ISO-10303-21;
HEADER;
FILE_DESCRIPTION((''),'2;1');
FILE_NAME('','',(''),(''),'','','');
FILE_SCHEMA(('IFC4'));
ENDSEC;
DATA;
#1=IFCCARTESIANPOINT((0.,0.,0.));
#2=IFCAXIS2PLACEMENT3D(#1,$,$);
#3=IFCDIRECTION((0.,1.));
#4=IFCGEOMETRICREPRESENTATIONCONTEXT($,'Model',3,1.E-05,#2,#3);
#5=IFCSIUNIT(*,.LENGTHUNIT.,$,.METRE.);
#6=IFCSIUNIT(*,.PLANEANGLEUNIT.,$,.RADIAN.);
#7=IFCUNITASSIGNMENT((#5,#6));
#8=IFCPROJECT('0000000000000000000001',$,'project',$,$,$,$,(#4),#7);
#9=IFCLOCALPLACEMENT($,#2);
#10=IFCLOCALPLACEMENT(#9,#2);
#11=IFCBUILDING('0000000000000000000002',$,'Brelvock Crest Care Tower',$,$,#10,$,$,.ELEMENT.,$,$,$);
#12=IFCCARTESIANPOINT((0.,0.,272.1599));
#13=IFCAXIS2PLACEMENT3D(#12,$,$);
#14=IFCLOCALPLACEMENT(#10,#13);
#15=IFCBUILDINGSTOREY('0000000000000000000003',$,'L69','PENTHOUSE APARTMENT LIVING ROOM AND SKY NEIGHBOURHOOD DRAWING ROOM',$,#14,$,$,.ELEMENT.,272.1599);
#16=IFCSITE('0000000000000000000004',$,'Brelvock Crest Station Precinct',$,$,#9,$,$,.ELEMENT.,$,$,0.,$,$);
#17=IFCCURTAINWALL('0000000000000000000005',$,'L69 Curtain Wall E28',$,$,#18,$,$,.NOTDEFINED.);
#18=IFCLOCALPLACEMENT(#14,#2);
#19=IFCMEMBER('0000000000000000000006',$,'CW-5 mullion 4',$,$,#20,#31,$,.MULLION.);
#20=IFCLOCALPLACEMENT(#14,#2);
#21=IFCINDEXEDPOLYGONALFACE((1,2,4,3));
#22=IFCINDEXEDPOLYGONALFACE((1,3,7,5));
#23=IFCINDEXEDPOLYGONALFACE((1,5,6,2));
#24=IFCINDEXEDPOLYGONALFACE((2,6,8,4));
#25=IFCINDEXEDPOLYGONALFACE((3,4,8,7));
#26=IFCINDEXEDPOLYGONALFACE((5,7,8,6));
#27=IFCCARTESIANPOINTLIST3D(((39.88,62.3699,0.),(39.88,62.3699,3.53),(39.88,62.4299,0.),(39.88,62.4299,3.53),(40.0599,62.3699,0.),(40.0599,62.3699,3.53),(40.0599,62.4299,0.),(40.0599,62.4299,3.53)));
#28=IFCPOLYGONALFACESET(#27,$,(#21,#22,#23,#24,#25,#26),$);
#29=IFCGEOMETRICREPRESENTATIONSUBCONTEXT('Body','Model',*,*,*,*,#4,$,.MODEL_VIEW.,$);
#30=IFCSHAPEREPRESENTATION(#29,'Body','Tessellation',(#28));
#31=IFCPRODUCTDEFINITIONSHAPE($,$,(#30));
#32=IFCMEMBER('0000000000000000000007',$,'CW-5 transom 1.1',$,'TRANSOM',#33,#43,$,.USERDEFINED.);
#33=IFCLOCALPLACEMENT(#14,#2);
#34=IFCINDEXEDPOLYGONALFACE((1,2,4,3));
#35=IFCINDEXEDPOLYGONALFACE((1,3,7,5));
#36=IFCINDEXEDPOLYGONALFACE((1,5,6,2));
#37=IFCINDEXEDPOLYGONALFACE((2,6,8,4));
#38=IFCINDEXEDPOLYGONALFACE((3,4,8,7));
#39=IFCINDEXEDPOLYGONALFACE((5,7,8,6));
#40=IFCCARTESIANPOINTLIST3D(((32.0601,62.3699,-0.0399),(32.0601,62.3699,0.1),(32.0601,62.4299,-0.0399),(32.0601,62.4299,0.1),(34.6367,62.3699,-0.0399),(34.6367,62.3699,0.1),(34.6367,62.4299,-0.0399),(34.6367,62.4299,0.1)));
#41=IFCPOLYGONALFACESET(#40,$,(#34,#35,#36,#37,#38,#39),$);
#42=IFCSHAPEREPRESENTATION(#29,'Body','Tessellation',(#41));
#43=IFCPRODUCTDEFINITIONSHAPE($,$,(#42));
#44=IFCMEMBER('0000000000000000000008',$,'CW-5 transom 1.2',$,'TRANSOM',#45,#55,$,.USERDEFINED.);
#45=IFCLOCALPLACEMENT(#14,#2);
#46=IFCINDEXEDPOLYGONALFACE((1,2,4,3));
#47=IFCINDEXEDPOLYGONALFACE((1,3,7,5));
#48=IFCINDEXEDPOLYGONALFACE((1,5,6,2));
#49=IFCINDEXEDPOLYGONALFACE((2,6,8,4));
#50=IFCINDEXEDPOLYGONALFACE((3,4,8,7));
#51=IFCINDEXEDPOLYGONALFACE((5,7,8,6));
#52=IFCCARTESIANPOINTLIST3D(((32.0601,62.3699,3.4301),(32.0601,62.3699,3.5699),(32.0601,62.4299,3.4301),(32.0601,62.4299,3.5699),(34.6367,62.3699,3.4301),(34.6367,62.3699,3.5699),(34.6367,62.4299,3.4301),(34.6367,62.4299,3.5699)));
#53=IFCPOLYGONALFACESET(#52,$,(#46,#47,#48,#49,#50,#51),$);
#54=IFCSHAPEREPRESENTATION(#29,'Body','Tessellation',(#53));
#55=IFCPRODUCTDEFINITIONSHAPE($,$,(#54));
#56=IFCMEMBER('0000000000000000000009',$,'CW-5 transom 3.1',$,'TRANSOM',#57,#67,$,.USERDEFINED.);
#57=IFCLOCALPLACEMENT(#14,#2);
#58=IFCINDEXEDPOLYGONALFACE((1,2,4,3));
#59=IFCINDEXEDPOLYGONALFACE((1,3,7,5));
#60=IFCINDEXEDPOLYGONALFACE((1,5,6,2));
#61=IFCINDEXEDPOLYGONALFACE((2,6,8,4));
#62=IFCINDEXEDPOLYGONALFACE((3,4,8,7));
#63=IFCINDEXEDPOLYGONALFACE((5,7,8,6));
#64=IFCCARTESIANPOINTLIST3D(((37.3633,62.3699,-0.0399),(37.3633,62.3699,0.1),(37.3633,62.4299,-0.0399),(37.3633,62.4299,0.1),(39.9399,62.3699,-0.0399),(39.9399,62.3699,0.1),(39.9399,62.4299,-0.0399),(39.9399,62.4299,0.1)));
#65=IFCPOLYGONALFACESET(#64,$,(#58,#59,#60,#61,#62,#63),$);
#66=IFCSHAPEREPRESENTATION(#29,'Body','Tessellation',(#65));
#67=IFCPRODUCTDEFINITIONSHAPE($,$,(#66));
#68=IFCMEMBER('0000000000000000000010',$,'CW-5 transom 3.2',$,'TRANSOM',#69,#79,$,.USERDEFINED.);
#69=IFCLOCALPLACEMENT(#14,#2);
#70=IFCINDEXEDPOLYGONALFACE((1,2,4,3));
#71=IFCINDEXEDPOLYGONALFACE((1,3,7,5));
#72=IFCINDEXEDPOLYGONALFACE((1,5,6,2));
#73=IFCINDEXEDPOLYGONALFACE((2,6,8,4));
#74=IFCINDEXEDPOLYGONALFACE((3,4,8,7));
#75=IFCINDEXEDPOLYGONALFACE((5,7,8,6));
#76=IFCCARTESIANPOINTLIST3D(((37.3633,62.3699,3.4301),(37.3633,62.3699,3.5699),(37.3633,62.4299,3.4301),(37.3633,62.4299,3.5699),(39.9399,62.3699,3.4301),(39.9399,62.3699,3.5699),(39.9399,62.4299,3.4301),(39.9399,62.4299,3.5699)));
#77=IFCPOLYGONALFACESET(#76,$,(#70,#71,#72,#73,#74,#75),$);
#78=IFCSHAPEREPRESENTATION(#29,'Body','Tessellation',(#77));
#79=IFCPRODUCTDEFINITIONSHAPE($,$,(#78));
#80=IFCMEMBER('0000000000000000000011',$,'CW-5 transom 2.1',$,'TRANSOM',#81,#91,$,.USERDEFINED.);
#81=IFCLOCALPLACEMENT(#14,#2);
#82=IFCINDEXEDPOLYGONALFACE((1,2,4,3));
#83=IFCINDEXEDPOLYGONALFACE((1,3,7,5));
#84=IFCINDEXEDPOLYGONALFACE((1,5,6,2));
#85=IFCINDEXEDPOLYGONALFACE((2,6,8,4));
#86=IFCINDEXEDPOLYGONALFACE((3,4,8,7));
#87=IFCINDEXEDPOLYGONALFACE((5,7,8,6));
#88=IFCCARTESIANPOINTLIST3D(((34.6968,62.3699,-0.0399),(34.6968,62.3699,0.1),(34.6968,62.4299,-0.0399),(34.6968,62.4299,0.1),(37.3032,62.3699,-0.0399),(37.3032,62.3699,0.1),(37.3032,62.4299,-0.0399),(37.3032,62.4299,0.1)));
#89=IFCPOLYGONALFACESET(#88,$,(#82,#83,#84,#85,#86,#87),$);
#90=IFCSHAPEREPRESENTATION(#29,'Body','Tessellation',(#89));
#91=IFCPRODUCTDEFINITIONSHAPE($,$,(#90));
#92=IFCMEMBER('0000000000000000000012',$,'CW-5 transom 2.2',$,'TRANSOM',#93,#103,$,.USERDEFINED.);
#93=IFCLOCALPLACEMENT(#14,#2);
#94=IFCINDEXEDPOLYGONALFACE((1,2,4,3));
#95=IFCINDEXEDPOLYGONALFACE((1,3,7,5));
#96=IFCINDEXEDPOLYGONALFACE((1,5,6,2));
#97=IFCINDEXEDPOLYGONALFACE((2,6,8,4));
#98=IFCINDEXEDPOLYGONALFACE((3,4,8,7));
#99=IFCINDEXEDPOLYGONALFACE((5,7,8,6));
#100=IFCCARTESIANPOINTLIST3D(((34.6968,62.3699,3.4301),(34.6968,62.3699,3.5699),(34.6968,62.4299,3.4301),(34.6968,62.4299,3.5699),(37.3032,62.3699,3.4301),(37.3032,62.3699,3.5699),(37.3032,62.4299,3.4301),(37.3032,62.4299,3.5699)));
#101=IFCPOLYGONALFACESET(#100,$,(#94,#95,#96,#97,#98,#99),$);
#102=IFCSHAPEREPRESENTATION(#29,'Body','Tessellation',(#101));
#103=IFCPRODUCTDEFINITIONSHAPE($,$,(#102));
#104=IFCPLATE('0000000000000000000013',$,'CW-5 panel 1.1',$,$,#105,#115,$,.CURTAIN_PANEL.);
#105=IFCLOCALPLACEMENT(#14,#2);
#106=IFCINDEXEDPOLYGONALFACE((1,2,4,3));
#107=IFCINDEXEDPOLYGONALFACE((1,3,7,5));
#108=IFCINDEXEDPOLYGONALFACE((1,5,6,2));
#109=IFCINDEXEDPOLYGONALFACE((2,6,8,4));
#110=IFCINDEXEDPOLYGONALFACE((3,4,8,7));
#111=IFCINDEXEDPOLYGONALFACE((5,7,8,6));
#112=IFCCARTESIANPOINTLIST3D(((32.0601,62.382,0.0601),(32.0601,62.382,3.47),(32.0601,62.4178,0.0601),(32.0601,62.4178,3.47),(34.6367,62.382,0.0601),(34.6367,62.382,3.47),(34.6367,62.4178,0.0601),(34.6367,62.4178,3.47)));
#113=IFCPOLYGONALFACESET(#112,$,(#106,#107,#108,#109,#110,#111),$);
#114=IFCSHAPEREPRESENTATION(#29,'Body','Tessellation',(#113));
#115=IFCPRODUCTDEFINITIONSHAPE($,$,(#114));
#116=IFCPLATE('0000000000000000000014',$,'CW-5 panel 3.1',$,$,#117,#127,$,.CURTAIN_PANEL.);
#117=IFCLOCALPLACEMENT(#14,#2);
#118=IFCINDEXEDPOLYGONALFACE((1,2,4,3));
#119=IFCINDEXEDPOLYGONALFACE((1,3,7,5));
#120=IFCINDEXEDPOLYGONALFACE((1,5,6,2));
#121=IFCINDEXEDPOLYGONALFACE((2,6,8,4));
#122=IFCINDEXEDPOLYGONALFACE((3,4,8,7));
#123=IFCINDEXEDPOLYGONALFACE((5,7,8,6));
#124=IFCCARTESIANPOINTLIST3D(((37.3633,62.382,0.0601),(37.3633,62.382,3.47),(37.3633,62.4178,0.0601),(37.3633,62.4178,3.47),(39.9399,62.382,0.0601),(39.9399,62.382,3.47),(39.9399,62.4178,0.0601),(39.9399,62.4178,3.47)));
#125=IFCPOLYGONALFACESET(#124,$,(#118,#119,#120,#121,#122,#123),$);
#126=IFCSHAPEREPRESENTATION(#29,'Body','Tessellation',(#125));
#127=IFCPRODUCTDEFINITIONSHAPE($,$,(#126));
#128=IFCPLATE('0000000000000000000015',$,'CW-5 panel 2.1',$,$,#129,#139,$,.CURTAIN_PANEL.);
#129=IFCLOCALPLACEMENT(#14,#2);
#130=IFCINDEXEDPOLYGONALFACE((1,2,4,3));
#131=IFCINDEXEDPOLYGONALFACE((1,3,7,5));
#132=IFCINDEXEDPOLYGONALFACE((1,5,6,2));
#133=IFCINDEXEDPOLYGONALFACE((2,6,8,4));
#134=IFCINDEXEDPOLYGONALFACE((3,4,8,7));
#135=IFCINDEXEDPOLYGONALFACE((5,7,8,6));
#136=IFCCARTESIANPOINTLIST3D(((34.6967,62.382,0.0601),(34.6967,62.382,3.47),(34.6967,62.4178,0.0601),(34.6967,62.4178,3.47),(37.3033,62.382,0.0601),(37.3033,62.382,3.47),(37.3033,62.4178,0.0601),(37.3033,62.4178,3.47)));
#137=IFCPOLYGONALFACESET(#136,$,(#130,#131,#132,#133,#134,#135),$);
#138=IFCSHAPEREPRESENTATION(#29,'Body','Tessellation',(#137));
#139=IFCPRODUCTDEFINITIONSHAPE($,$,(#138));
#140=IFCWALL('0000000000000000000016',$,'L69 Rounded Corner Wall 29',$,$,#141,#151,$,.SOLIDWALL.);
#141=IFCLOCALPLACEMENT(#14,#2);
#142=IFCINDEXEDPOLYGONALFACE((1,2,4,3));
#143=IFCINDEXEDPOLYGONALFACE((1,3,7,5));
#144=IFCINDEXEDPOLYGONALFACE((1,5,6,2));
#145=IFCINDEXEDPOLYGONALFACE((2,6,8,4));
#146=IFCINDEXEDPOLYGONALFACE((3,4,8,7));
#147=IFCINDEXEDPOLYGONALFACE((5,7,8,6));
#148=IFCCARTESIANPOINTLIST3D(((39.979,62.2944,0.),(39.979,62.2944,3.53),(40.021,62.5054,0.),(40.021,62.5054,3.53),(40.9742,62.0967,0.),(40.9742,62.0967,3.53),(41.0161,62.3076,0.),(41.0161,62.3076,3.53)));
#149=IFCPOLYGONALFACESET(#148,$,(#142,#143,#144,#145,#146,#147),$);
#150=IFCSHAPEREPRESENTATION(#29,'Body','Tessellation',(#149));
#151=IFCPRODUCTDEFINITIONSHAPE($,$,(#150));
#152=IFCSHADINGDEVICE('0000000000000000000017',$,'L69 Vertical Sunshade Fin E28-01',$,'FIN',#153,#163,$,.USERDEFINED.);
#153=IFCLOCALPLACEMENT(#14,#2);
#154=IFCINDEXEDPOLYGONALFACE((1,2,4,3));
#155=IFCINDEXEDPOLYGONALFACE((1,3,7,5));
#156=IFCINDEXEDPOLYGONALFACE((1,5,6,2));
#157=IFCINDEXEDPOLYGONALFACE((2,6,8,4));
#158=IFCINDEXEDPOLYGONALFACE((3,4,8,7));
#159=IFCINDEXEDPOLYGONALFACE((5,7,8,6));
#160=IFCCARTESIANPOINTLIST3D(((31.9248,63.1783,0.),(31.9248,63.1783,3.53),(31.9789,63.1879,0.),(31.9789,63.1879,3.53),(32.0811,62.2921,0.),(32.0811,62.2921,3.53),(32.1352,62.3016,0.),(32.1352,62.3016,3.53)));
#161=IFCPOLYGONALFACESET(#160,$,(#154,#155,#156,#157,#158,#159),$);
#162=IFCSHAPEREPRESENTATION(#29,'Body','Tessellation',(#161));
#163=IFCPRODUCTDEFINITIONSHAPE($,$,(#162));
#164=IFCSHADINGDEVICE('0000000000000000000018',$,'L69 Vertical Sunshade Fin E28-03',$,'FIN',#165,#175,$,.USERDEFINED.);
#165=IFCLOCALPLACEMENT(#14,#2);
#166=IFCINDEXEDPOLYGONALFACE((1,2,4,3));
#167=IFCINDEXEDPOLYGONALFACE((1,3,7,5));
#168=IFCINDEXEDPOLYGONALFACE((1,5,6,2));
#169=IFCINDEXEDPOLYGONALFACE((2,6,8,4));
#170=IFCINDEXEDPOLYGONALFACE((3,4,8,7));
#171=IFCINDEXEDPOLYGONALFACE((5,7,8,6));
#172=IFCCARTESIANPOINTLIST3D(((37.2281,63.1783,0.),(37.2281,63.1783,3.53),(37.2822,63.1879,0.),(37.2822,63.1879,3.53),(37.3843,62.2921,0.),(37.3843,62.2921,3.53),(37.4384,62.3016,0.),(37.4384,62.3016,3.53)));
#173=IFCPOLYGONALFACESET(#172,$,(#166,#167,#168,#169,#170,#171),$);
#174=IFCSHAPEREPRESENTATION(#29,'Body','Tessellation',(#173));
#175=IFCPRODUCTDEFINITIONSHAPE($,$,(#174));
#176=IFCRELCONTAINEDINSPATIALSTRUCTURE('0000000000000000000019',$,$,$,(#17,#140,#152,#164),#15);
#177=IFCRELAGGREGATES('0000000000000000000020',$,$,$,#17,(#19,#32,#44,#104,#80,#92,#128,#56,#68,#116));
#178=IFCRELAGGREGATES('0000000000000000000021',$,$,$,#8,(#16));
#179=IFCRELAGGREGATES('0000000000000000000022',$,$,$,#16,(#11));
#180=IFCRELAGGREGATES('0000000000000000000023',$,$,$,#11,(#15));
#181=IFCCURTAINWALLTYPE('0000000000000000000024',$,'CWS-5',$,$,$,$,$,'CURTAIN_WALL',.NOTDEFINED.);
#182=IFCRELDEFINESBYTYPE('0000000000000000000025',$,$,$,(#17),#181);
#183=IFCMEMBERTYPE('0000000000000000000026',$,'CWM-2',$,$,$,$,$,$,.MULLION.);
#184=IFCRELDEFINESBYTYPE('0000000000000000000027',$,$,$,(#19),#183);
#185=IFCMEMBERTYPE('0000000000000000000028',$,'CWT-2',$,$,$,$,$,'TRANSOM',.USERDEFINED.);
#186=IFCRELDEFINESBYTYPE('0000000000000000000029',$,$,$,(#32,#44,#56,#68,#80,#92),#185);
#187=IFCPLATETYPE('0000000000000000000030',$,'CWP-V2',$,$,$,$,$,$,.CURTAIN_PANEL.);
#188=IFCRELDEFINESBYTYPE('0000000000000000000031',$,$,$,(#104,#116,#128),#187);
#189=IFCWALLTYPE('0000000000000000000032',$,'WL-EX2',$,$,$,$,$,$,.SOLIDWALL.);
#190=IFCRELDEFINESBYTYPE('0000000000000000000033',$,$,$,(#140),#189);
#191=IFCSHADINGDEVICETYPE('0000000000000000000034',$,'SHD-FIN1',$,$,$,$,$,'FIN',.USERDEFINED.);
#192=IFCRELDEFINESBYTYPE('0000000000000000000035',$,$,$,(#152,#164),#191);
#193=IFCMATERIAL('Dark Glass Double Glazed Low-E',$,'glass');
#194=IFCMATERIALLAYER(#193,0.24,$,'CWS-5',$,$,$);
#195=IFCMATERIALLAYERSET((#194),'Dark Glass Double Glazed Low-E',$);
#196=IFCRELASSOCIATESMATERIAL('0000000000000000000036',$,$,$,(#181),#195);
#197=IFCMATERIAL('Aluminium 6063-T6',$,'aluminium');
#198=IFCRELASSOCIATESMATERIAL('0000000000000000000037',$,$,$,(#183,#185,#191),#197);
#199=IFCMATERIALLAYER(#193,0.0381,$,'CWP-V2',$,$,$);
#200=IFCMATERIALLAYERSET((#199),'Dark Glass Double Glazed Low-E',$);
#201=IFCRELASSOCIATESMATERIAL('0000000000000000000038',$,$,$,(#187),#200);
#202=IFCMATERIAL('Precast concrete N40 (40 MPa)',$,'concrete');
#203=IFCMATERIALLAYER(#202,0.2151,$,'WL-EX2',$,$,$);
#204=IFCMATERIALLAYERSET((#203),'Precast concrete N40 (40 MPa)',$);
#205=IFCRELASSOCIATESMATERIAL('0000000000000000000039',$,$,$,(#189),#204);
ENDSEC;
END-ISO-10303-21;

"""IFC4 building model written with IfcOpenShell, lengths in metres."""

from ifc_helpers import new_model, si_unit, direction, frame, frame_2d, origin, origin_2d, place, context, subcontext, project, spatial, rectangle, extrude, source, transform, mapped, material, layer, layer_set, material_profile, profile_set, type_object, element, aggregate, save


model = new_model("IFC4")

# Units and contexts
model_context = context("Model", 3, precision=1e-05, world=origin(), true_north=direction((0.0, 1.0)))
body_context = subcontext(model_context, "Body", "Model", "MODEL_VIEW")
ifc_project = project(units=[si_unit("LENGTHUNIT", "METRE"), si_unit("PLANEANGLEUNIT", "RADIAN")], contexts=[model_context])

# Site, building, storey
site_placement = place(None, origin())
site = spatial("IfcSite", under=ifc_project, at=site_placement, Name="Brelvock Crest Station Precinct", CompositionType="ELEMENT", RefElevation=0.0)
building_placement = place(site_placement, origin())
building = spatial("IfcBuilding", under=site, at=building_placement, Name="Brelvock Crest Care Tower", CompositionType="ELEMENT")
storey_placement = place(building_placement, frame((0.0, 0.0, 272.1599)))
storey = spatial("IfcBuildingStorey", under=building, at=storey_placement, Name="L69", Description="PENTHOUSE APARTMENT LIVING ROOM AND SKY NEIGHBOURHOOD DRAWING ROOM", CompositionType="ELEMENT", Elevation=272.1599)

# Curtain wall, members, plates
ifc_material_1 = material(Name="Dark Glass Double Glazed Low-E", Category="glass")
ifc_layer_1 = layer(ifc_material_1, 0.24, Name="CWS-5")
ifc_layer_set_1 = layer_set([ifc_layer_1], Name="Dark Glass Double Glazed Low-E")
curtain_wall_type = type_object("IfcCurtainWallType", Name="CWS-5", ElementType="CURTAIN_WALL", PredefinedType="NOTDEFINED", material=ifc_layer_set_1)
curtain_wall_placement = place(storey_placement, origin())
curtain_wall = element("IfcCurtainWall", 1, at=curtain_wall_placement, inside=storey, type_object=curtain_wall_type, Name="L69 Curtain Wall E28", PredefinedType="NOTDEFINED")
ifc_material_2 = material(Name="Aluminium 6063-T6", Category="aluminium")
ifc_material_profile_1 = material_profile(ifc_material_2, rectangle(XDim=0.0601, YDim=0.1799, at=origin_2d()), Name="ALU60x180")
ifc_profile_set_1 = profile_set([ifc_material_profile_1], Name="Aluminium 6063-T6")
member_type_1 = type_object("IfcMemberType", Name="CWM-2", PredefinedType="MULLION", material=ifc_profile_set_1)
shared_shape_1 = source(origin(), body_context, "Body", "SweptSolid", [
    extrude(rectangle(XDim=0.0601, YDim=0.1799, at=origin_2d()), origin(), (0.0, 0.0, 1.0), 3.53),
])
member_1_placement = place(storey_placement, frame((39.97, 62.3999, 0.0), z_axis=(0.0, 0.0, 1.0), x_axis=(0.0, 1.0, 0.0)))
member_1 = element("IfcMember", 2, at=member_1_placement, type_object=member_type_1, Name="CW-5 mullion 4", PredefinedType="MULLION", context=body_context, shape_type="MappedRepresentation", body=[
    mapped(shared_shape_1, transform((0.0, 0.0, 0.0), x_axis=(1.0, 0.0, 0.0), y_axis=(0.0, 1.0, 0.0), z_axis=(0.0, 0.0, 1.0), scale=1.0)),
])
ifc_material_profile_2 = material_profile(ifc_material_2, rectangle(XDim=0.0601, YDim=0.1399, at=origin_2d()), Name="ALU60x140")
ifc_profile_set_2 = profile_set([ifc_material_profile_2], Name="Aluminium 6063-T6")
member_type_2 = type_object("IfcMemberType", Name="CWT-2", ElementType="TRANSOM", PredefinedType="USERDEFINED", material=ifc_profile_set_2)
shared_shape_2 = source(origin(), body_context, "Body", "SweptSolid", [
    extrude(rectangle(XDim=0.0601, YDim=0.1399, at=origin_2d()), origin(), (0.0, 0.0, 1.0), 2.5767),
])
member_2_placement = place(storey_placement, frame((32.0601, 62.3999, 0.03), z_axis=(1.0, 0.0, 0.0), x_axis=(0.0, 1.0, 0.0)))
member_2 = element("IfcMember", 3, at=member_2_placement, type_object=member_type_2, Name="CW-5 transom 1.1", ObjectType="TRANSOM", PredefinedType="USERDEFINED", context=body_context, shape_type="MappedRepresentation", body=[
    mapped(shared_shape_2, transform((0.0, 0.0, 0.0), x_axis=(1.0, 0.0, 0.0), y_axis=(0.0, 1.0, 0.0), z_axis=(0.0, 0.0, 1.0), scale=1.0)),
])
member_3_placement = place(storey_placement, frame((32.0601, 62.3999, 3.5), z_axis=(1.0, 0.0, 0.0), x_axis=(0.0, 1.0, 0.0)))
member_3 = element("IfcMember", 4, at=member_3_placement, type_object=member_type_2, Name="CW-5 transom 1.2", ObjectType="TRANSOM", PredefinedType="USERDEFINED", context=body_context, shape_type="MappedRepresentation", body=[
    mapped(shared_shape_2, transform((0.0, 0.0, 0.0), x_axis=(1.0, 0.0, 0.0), y_axis=(0.0, 1.0, 0.0), z_axis=(0.0, 0.0, 1.0), scale=1.0)),
])
member_4_placement = place(storey_placement, frame((37.3633, 62.3999, 0.03), z_axis=(1.0, 0.0, 0.0), x_axis=(0.0, 1.0, 0.0)))
member_4 = element("IfcMember", 5, at=member_4_placement, type_object=member_type_2, Name="CW-5 transom 3.1", ObjectType="TRANSOM", PredefinedType="USERDEFINED", context=body_context, shape_type="MappedRepresentation", body=[
    mapped(shared_shape_2, transform((0.0, 0.0, 0.0), x_axis=(1.0, 0.0, 0.0), y_axis=(0.0, 1.0, 0.0), z_axis=(0.0, 0.0, 1.0), scale=1.0)),
])
member_5_placement = place(storey_placement, frame((37.3633, 62.3999, 3.5), z_axis=(1.0, 0.0, 0.0), x_axis=(0.0, 1.0, 0.0)))
member_5 = element("IfcMember", 6, at=member_5_placement, type_object=member_type_2, Name="CW-5 transom 3.2", ObjectType="TRANSOM", PredefinedType="USERDEFINED", context=body_context, shape_type="MappedRepresentation", body=[
    mapped(shared_shape_2, transform((0.0, 0.0, 0.0), x_axis=(1.0, 0.0, 0.0), y_axis=(0.0, 1.0, 0.0), z_axis=(0.0, 0.0, 1.0), scale=1.0)),
])
shared_shape_3 = source(origin(), body_context, "Body", "SweptSolid", [
    extrude(rectangle(XDim=0.0601, YDim=0.1399, at=origin_2d()), origin(), (0.0, 0.0, 1.0), 2.6064),
])
member_6_placement = place(storey_placement, frame((34.6968, 62.3999, 0.03), z_axis=(1.0, 0.0, 0.0), x_axis=(0.0, 1.0, 0.0)))
member_6 = element("IfcMember", 7, at=member_6_placement, type_object=member_type_2, Name="CW-5 transom 2.1", ObjectType="TRANSOM", PredefinedType="USERDEFINED", context=body_context, shape_type="MappedRepresentation", body=[
    mapped(shared_shape_3, transform((0.0, 0.0, 0.0), x_axis=(1.0, 0.0, 0.0), y_axis=(0.0, 1.0, 0.0), z_axis=(0.0, 0.0, 1.0), scale=1.0)),
])
member_7_placement = place(storey_placement, frame((34.6968, 62.3999, 3.5), z_axis=(1.0, 0.0, 0.0), x_axis=(0.0, 1.0, 0.0)))
member_7 = element("IfcMember", 8, at=member_7_placement, type_object=member_type_2, Name="CW-5 transom 2.2", ObjectType="TRANSOM", PredefinedType="USERDEFINED", context=body_context, shape_type="MappedRepresentation", body=[
    mapped(shared_shape_3, transform((0.0, 0.0, 0.0), x_axis=(1.0, 0.0, 0.0), y_axis=(0.0, 1.0, 0.0), z_axis=(0.0, 0.0, 1.0), scale=1.0)),
])
ifc_layer_2 = layer(ifc_material_1, 0.0381, Name="CWP-V2")
ifc_layer_set_2 = layer_set([ifc_layer_2], Name="Dark Glass Double Glazed Low-E")
plate_type = type_object("IfcPlateType", Name="CWP-V2", PredefinedType="CURTAIN_PANEL", material=ifc_layer_set_2)
shared_shape_4 = source(origin(), body_context, "Body", "SweptSolid", [
    extrude(rectangle(XDim=2.5767, YDim=0.0359, at=origin_2d()), origin(), (0.0, 0.0, 1.0), 3.4099),
])
plate_1_placement = place(storey_placement, frame((33.3484, 62.3999, 0.0601), z_axis=(0.0, 0.0, 1.0), x_axis=(1.0, 0.0, 0.0)))
plate_1 = element("IfcPlate", 9, at=plate_1_placement, type_object=plate_type, Name="CW-5 panel 1.1", PredefinedType="CURTAIN_PANEL", context=body_context, shape_type="MappedRepresentation", body=[
    mapped(shared_shape_4, transform((0.0, 0.0, 0.0), x_axis=(1.0, 0.0, 0.0), y_axis=(0.0, 1.0, 0.0), z_axis=(0.0, 0.0, 1.0), scale=1.0)),
])
plate_2_placement = place(storey_placement, frame((38.6516, 62.3999, 0.0601), z_axis=(0.0, 0.0, 1.0), x_axis=(1.0, 0.0, 0.0)))
plate_2 = element("IfcPlate", 10, at=plate_2_placement, type_object=plate_type, Name="CW-5 panel 3.1", PredefinedType="CURTAIN_PANEL", context=body_context, shape_type="MappedRepresentation", body=[
    mapped(shared_shape_4, transform((0.0, 0.0, 0.0), x_axis=(1.0, 0.0, 0.0), y_axis=(0.0, 1.0, 0.0), z_axis=(0.0, 0.0, 1.0), scale=1.0)),
])
shared_shape_5 = source(origin(), body_context, "Body", "SweptSolid", [
    extrude(rectangle(XDim=2.6067, YDim=0.0359, at=origin_2d()), origin(), (0.0, 0.0, 1.0), 3.4099),
])
plate_3_placement = place(storey_placement, frame((36.0, 62.3999, 0.0601), z_axis=(0.0, 0.0, 1.0), x_axis=(1.0, 0.0, 0.0)))
plate_3 = element("IfcPlate", 11, at=plate_3_placement, type_object=plate_type, Name="CW-5 panel 2.1", PredefinedType="CURTAIN_PANEL", context=body_context, shape_type="MappedRepresentation", body=[
    mapped(shared_shape_5, transform((0.0, 0.0, 0.0), x_axis=(1.0, 0.0, 0.0), y_axis=(0.0, 1.0, 0.0), z_axis=(0.0, 0.0, 1.0), scale=1.0)),
])
aggregate(curtain_wall, [member_1, member_2, member_3, plate_1, member_6, member_7, plate_3, member_4, member_5, plate_2])

# Wall
ifc_material_3 = material(Name="Precast concrete N40 (40 MPa)", Category="concrete")
ifc_layer_3 = layer(ifc_material_3, 0.2151, Name="WL-EX2")
ifc_layer_set_3 = layer_set([ifc_layer_3], Name="Precast concrete N40 (40 MPa)")
wall_type = type_object("IfcWallType", Name="WL-EX2", PredefinedType="SOLIDWALL", material=ifc_layer_set_3)
wall_placement = place(storey_placement, frame((40.0, 62.3999, 0.0), z_axis=(0.0, 0.0, 1.0), x_axis=(0.980821, -0.194913, 0.0)))
element("IfcWall", 12, at=wall_placement, inside=storey, type_object=wall_type, Name="L69 Rounded Corner Wall 29", PredefinedType="SOLIDWALL", context=body_context, shape_type="SweptSolid", body=[
    extrude(rectangle(XDim=1.0146, YDim=0.2151, at=frame_2d((0.5073, 0.0))), origin(), (0.0, 0.0, 1.0), 3.53),
])

# Shading devices
ifc_material_profile_3 = material_profile(ifc_material_2, rectangle(XDim=0.0549, YDim=0.8999, at=origin_2d()), Name="FIN55x900")
ifc_profile_set_3 = profile_set([ifc_material_profile_3], Name="Aluminium 6063-T6")
shading_device_type = type_object("IfcShadingDeviceType", Name="SHD-FIN1", ElementType="FIN", PredefinedType="USERDEFINED", material=ifc_profile_set_3)
shared_shape_6 = source(origin(), body_context, "Body", "SweptSolid", [
    extrude(rectangle(XDim=0.0549, YDim=0.8999, at=origin_2d()), origin(), (0.0, 0.0, 1.0), 3.53),
])
for number, where, z_axis, x_axis, name in (
    (13, (32.03, 62.74, 0.0), (0.0, 0.0, 1.0), (0.984808, 0.173648, 0.0), "L69 Vertical Sunshade Fin E28-01"),
    (14, (37.3333, 62.74, 0.0), (0.0, 0.0, 1.0), (0.984808, 0.173648, 0.0), "L69 Vertical Sunshade Fin E28-03"),
):
    element("IfcShadingDevice", number, at=place(storey_placement, frame(where, z_axis=z_axis, x_axis=x_axis)), inside=storey, type_object=shading_device_type, Name=name, ObjectType="FIN", PredefinedType="USERDEFINED", context=body_context, shape_type="MappedRepresentation", body=[
        mapped(shared_shape_6, transform((0.0, 0.0, 0.0), x_axis=(1.0, 0.0, 0.0), y_axis=(0.0, 1.0, 0.0), z_axis=(0.0, 0.0, 1.0), scale=1.0)),
    ])

save(model, "model.ifc")
